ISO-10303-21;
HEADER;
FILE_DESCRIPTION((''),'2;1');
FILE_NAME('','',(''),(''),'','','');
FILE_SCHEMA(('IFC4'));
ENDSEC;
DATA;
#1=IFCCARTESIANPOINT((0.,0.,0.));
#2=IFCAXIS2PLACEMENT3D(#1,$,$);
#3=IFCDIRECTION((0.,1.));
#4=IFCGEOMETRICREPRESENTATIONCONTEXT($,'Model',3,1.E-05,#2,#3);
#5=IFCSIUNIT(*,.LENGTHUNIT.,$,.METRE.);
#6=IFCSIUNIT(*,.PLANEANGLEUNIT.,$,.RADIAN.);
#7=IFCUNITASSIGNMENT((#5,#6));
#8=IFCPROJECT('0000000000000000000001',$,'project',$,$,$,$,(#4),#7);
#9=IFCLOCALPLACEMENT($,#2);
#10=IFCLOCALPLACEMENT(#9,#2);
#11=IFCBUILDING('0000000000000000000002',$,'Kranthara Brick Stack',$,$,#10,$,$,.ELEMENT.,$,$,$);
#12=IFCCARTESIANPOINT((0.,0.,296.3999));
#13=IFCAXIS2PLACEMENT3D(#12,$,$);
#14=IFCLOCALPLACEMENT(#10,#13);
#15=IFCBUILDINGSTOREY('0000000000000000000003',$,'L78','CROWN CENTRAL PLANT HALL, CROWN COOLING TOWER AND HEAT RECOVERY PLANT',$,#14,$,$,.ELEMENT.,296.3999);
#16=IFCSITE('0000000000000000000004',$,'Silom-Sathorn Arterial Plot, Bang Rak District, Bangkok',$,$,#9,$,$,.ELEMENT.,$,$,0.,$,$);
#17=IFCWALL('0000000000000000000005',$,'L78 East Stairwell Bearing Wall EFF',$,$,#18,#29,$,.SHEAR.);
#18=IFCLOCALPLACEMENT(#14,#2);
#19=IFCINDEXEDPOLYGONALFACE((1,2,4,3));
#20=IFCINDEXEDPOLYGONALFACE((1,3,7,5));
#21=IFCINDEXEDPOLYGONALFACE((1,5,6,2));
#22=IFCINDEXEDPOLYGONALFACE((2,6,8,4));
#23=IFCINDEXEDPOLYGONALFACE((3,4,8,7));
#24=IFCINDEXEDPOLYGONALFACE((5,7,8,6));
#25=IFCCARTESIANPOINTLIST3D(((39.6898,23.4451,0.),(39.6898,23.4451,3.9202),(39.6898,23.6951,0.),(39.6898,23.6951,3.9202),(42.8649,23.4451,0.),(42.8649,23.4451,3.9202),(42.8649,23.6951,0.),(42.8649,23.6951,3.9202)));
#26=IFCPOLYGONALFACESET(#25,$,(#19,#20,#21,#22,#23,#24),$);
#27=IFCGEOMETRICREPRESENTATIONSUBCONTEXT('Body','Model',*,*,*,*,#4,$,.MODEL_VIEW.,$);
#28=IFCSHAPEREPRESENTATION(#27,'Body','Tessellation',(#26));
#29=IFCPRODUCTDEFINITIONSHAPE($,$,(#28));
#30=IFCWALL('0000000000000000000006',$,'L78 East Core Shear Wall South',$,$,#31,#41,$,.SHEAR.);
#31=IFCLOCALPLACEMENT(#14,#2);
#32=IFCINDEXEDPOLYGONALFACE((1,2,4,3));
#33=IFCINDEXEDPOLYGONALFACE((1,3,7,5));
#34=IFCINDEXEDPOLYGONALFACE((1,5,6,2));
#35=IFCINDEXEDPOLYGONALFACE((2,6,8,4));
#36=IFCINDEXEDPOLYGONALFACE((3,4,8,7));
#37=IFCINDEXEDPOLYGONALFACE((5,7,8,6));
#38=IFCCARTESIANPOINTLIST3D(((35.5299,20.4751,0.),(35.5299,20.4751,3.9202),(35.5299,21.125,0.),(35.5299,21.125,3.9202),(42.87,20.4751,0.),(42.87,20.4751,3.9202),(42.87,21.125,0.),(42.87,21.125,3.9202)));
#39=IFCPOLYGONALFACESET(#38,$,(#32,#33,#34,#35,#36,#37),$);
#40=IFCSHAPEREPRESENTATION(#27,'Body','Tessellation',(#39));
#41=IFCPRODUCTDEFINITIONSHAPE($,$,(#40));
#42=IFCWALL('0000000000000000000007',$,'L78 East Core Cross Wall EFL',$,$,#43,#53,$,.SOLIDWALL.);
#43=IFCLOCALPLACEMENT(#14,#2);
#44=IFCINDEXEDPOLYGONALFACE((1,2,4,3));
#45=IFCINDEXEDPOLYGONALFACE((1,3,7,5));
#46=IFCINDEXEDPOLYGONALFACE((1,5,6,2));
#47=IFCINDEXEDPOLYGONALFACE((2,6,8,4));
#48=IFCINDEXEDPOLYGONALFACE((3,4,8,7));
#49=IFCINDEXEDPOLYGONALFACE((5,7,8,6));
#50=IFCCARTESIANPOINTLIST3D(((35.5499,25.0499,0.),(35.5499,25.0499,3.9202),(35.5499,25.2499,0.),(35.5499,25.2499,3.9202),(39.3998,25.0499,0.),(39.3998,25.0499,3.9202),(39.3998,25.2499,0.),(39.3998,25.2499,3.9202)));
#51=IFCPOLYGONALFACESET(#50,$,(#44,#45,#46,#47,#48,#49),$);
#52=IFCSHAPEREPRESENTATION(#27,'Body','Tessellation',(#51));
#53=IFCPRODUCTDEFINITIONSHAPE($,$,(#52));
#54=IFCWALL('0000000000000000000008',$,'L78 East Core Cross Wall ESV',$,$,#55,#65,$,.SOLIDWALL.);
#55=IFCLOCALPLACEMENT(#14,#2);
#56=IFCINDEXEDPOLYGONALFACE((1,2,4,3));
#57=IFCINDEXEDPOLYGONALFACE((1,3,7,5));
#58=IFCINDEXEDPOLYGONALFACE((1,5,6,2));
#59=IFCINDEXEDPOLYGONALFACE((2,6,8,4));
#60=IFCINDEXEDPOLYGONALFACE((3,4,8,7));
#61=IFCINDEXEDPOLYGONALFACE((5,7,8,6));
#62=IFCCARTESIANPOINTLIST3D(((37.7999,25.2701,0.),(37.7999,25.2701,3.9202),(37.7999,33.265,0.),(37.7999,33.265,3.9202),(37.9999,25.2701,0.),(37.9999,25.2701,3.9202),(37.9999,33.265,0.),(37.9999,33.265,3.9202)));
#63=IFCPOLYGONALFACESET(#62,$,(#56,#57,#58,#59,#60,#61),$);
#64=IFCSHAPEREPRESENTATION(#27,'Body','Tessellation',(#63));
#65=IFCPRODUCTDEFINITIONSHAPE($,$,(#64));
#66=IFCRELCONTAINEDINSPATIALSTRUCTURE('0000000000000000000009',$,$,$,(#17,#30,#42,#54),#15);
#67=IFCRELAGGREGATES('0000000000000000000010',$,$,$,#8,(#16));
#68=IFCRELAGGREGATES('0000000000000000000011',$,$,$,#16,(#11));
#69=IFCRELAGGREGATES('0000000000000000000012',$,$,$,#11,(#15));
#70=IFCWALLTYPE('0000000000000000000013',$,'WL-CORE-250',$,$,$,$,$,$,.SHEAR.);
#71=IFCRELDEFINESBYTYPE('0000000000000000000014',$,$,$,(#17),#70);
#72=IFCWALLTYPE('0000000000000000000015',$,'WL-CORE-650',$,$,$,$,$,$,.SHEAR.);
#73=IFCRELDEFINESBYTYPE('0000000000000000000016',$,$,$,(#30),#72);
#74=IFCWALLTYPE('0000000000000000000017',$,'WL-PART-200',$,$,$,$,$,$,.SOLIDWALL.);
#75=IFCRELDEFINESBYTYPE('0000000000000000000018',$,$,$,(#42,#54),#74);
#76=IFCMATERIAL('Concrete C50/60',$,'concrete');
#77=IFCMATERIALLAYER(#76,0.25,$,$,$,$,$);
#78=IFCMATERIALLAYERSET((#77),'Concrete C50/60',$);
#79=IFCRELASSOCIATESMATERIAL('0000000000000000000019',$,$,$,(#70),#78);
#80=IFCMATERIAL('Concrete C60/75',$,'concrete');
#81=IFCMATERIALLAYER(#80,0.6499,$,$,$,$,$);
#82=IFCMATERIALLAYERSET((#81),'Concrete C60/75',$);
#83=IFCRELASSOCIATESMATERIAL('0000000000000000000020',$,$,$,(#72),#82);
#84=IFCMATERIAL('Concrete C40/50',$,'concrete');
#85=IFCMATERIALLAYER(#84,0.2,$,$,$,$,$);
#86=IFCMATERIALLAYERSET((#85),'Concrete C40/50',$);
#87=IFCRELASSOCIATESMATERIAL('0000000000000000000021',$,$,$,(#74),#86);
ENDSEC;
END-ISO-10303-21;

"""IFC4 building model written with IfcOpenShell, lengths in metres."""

from ifc_helpers import new_model, si_unit, direction, frame, frame_2d, origin, place, context, subcontext, project, spatial, rectangle, extrude, material, layer, layer_set, type_object, element, save


model = new_model("IFC4")

# Units and contexts
model_context = context("Model", 3, precision=1e-05, world=origin(), true_north=direction((0.0, 1.0)))
body_context = subcontext(model_context, "Body", "Model", "MODEL_VIEW")
ifc_project = project(units=[si_unit("LENGTHUNIT", "METRE"), si_unit("PLANEANGLEUNIT", "RADIAN")], contexts=[model_context])

# Site, building, storey
site_placement = place(None, origin())
site = spatial("IfcSite", under=ifc_project, at=site_placement, Name="Silom-Sathorn Arterial Plot, Bang Rak District, Bangkok", CompositionType="ELEMENT", RefElevation=0.0)
building_placement = place(site_placement, origin())
building = spatial("IfcBuilding", under=site, at=building_placement, Name="Kranthara Brick Stack", CompositionType="ELEMENT")
storey_placement = place(building_placement, frame((0.0, 0.0, 296.3999)))
storey = spatial("IfcBuildingStorey", under=building, at=storey_placement, Name="L78", Description="CROWN CENTRAL PLANT HALL, CROWN COOLING TOWER AND HEAT RECOVERY PLANT", CompositionType="ELEMENT", Elevation=296.3999)

# Shared definitions
ifc_material_1 = material(Name="Concrete C50/60", Category="concrete")
ifc_layer_1 = layer(ifc_material_1, 0.25)
ifc_layer_set_1 = layer_set([ifc_layer_1], Name="Concrete C50/60")
wall_type_1 = type_object("IfcWallType", Name="WL-CORE-250", PredefinedType="SHEAR", material=ifc_layer_set_1)

# Walls
wall_1_placement = place(storey_placement, frame((39.6899, 23.5701, 0.0), z_axis=(0.0, 0.0, 1.0), x_axis=(1.0, 0.0, 0.0)))
element("IfcWall", 1, at=wall_1_placement, inside=storey, type_object=wall_type_1, Name="L78 East Stairwell Bearing Wall EFF", PredefinedType="SHEAR", context=body_context, shape_type="SweptSolid", body=[
    extrude(rectangle(XDim=3.175, YDim=0.25, at=frame_2d((1.5874, 0.0))), origin(), (0.0, 0.0, 1.0), 3.9202),
])
ifc_material_2 = material(Name="Concrete C60/75", Category="concrete")
ifc_layer_2 = layer(ifc_material_2, 0.6499)
ifc_layer_set_2 = layer_set([ifc_layer_2], Name="Concrete C60/75")
wall_type_2 = type_object("IfcWallType", Name="WL-CORE-650", PredefinedType="SHEAR", material=ifc_layer_set_2)
wall_2_placement = place(storey_placement, frame((35.53, 20.8, 0.0), z_axis=(0.0, 0.0, 1.0), x_axis=(1.0, 0.0, 0.0)))
element("IfcWall", 2, at=wall_2_placement, inside=storey, type_object=wall_type_2, Name="L78 East Core Shear Wall South", PredefinedType="SHEAR", context=body_context, shape_type="SweptSolid", body=[
    extrude(rectangle(XDim=7.3401, YDim=0.6499, at=frame_2d((3.6699, 0.0))), origin(), (0.0, 0.0, 1.0), 3.9202),
])

# Walls
ifc_material_3 = material(Name="Concrete C40/50", Category="concrete")
ifc_layer_3 = layer(ifc_material_3, 0.2)
ifc_layer_set_3 = layer_set([ifc_layer_3], Name="Concrete C40/50")
wall_type_3 = type_object("IfcWallType", Name="WL-PART-200", PredefinedType="SOLIDWALL", material=ifc_layer_set_3)
wall_3_placement = place(storey_placement, frame((35.55, 25.1499, 0.0), z_axis=(0.0, 0.0, 1.0), x_axis=(1.0, 0.0, 0.0)))
element("IfcWall", 3, at=wall_3_placement, inside=storey, type_object=wall_type_3, Name="L78 East Core Cross Wall EFL", PredefinedType="SOLIDWALL", context=body_context, shape_type="SweptSolid", body=[
    extrude(rectangle(XDim=3.8499, YDim=0.2, at=frame_2d((1.9248, 0.0))), origin(), (0.0, 0.0, 1.0), 3.9202),
])
wall_4_placement = place(storey_placement, frame((37.8999, 25.27, 0.0), z_axis=(0.0, 0.0, 1.0), x_axis=(0.0, 1.0, 0.0)))
element("IfcWall", 4, at=wall_4_placement, inside=storey, type_object=wall_type_3, Name="L78 East Core Cross Wall ESV", PredefinedType="SOLIDWALL", context=body_context, shape_type="SweptSolid", body=[
    extrude(rectangle(XDim=7.9949, YDim=0.2, at=frame_2d((3.9976, 0.0))), origin(), (0.0, 0.0, 1.0), 3.9202),
])

save(model, "model.ifc")
